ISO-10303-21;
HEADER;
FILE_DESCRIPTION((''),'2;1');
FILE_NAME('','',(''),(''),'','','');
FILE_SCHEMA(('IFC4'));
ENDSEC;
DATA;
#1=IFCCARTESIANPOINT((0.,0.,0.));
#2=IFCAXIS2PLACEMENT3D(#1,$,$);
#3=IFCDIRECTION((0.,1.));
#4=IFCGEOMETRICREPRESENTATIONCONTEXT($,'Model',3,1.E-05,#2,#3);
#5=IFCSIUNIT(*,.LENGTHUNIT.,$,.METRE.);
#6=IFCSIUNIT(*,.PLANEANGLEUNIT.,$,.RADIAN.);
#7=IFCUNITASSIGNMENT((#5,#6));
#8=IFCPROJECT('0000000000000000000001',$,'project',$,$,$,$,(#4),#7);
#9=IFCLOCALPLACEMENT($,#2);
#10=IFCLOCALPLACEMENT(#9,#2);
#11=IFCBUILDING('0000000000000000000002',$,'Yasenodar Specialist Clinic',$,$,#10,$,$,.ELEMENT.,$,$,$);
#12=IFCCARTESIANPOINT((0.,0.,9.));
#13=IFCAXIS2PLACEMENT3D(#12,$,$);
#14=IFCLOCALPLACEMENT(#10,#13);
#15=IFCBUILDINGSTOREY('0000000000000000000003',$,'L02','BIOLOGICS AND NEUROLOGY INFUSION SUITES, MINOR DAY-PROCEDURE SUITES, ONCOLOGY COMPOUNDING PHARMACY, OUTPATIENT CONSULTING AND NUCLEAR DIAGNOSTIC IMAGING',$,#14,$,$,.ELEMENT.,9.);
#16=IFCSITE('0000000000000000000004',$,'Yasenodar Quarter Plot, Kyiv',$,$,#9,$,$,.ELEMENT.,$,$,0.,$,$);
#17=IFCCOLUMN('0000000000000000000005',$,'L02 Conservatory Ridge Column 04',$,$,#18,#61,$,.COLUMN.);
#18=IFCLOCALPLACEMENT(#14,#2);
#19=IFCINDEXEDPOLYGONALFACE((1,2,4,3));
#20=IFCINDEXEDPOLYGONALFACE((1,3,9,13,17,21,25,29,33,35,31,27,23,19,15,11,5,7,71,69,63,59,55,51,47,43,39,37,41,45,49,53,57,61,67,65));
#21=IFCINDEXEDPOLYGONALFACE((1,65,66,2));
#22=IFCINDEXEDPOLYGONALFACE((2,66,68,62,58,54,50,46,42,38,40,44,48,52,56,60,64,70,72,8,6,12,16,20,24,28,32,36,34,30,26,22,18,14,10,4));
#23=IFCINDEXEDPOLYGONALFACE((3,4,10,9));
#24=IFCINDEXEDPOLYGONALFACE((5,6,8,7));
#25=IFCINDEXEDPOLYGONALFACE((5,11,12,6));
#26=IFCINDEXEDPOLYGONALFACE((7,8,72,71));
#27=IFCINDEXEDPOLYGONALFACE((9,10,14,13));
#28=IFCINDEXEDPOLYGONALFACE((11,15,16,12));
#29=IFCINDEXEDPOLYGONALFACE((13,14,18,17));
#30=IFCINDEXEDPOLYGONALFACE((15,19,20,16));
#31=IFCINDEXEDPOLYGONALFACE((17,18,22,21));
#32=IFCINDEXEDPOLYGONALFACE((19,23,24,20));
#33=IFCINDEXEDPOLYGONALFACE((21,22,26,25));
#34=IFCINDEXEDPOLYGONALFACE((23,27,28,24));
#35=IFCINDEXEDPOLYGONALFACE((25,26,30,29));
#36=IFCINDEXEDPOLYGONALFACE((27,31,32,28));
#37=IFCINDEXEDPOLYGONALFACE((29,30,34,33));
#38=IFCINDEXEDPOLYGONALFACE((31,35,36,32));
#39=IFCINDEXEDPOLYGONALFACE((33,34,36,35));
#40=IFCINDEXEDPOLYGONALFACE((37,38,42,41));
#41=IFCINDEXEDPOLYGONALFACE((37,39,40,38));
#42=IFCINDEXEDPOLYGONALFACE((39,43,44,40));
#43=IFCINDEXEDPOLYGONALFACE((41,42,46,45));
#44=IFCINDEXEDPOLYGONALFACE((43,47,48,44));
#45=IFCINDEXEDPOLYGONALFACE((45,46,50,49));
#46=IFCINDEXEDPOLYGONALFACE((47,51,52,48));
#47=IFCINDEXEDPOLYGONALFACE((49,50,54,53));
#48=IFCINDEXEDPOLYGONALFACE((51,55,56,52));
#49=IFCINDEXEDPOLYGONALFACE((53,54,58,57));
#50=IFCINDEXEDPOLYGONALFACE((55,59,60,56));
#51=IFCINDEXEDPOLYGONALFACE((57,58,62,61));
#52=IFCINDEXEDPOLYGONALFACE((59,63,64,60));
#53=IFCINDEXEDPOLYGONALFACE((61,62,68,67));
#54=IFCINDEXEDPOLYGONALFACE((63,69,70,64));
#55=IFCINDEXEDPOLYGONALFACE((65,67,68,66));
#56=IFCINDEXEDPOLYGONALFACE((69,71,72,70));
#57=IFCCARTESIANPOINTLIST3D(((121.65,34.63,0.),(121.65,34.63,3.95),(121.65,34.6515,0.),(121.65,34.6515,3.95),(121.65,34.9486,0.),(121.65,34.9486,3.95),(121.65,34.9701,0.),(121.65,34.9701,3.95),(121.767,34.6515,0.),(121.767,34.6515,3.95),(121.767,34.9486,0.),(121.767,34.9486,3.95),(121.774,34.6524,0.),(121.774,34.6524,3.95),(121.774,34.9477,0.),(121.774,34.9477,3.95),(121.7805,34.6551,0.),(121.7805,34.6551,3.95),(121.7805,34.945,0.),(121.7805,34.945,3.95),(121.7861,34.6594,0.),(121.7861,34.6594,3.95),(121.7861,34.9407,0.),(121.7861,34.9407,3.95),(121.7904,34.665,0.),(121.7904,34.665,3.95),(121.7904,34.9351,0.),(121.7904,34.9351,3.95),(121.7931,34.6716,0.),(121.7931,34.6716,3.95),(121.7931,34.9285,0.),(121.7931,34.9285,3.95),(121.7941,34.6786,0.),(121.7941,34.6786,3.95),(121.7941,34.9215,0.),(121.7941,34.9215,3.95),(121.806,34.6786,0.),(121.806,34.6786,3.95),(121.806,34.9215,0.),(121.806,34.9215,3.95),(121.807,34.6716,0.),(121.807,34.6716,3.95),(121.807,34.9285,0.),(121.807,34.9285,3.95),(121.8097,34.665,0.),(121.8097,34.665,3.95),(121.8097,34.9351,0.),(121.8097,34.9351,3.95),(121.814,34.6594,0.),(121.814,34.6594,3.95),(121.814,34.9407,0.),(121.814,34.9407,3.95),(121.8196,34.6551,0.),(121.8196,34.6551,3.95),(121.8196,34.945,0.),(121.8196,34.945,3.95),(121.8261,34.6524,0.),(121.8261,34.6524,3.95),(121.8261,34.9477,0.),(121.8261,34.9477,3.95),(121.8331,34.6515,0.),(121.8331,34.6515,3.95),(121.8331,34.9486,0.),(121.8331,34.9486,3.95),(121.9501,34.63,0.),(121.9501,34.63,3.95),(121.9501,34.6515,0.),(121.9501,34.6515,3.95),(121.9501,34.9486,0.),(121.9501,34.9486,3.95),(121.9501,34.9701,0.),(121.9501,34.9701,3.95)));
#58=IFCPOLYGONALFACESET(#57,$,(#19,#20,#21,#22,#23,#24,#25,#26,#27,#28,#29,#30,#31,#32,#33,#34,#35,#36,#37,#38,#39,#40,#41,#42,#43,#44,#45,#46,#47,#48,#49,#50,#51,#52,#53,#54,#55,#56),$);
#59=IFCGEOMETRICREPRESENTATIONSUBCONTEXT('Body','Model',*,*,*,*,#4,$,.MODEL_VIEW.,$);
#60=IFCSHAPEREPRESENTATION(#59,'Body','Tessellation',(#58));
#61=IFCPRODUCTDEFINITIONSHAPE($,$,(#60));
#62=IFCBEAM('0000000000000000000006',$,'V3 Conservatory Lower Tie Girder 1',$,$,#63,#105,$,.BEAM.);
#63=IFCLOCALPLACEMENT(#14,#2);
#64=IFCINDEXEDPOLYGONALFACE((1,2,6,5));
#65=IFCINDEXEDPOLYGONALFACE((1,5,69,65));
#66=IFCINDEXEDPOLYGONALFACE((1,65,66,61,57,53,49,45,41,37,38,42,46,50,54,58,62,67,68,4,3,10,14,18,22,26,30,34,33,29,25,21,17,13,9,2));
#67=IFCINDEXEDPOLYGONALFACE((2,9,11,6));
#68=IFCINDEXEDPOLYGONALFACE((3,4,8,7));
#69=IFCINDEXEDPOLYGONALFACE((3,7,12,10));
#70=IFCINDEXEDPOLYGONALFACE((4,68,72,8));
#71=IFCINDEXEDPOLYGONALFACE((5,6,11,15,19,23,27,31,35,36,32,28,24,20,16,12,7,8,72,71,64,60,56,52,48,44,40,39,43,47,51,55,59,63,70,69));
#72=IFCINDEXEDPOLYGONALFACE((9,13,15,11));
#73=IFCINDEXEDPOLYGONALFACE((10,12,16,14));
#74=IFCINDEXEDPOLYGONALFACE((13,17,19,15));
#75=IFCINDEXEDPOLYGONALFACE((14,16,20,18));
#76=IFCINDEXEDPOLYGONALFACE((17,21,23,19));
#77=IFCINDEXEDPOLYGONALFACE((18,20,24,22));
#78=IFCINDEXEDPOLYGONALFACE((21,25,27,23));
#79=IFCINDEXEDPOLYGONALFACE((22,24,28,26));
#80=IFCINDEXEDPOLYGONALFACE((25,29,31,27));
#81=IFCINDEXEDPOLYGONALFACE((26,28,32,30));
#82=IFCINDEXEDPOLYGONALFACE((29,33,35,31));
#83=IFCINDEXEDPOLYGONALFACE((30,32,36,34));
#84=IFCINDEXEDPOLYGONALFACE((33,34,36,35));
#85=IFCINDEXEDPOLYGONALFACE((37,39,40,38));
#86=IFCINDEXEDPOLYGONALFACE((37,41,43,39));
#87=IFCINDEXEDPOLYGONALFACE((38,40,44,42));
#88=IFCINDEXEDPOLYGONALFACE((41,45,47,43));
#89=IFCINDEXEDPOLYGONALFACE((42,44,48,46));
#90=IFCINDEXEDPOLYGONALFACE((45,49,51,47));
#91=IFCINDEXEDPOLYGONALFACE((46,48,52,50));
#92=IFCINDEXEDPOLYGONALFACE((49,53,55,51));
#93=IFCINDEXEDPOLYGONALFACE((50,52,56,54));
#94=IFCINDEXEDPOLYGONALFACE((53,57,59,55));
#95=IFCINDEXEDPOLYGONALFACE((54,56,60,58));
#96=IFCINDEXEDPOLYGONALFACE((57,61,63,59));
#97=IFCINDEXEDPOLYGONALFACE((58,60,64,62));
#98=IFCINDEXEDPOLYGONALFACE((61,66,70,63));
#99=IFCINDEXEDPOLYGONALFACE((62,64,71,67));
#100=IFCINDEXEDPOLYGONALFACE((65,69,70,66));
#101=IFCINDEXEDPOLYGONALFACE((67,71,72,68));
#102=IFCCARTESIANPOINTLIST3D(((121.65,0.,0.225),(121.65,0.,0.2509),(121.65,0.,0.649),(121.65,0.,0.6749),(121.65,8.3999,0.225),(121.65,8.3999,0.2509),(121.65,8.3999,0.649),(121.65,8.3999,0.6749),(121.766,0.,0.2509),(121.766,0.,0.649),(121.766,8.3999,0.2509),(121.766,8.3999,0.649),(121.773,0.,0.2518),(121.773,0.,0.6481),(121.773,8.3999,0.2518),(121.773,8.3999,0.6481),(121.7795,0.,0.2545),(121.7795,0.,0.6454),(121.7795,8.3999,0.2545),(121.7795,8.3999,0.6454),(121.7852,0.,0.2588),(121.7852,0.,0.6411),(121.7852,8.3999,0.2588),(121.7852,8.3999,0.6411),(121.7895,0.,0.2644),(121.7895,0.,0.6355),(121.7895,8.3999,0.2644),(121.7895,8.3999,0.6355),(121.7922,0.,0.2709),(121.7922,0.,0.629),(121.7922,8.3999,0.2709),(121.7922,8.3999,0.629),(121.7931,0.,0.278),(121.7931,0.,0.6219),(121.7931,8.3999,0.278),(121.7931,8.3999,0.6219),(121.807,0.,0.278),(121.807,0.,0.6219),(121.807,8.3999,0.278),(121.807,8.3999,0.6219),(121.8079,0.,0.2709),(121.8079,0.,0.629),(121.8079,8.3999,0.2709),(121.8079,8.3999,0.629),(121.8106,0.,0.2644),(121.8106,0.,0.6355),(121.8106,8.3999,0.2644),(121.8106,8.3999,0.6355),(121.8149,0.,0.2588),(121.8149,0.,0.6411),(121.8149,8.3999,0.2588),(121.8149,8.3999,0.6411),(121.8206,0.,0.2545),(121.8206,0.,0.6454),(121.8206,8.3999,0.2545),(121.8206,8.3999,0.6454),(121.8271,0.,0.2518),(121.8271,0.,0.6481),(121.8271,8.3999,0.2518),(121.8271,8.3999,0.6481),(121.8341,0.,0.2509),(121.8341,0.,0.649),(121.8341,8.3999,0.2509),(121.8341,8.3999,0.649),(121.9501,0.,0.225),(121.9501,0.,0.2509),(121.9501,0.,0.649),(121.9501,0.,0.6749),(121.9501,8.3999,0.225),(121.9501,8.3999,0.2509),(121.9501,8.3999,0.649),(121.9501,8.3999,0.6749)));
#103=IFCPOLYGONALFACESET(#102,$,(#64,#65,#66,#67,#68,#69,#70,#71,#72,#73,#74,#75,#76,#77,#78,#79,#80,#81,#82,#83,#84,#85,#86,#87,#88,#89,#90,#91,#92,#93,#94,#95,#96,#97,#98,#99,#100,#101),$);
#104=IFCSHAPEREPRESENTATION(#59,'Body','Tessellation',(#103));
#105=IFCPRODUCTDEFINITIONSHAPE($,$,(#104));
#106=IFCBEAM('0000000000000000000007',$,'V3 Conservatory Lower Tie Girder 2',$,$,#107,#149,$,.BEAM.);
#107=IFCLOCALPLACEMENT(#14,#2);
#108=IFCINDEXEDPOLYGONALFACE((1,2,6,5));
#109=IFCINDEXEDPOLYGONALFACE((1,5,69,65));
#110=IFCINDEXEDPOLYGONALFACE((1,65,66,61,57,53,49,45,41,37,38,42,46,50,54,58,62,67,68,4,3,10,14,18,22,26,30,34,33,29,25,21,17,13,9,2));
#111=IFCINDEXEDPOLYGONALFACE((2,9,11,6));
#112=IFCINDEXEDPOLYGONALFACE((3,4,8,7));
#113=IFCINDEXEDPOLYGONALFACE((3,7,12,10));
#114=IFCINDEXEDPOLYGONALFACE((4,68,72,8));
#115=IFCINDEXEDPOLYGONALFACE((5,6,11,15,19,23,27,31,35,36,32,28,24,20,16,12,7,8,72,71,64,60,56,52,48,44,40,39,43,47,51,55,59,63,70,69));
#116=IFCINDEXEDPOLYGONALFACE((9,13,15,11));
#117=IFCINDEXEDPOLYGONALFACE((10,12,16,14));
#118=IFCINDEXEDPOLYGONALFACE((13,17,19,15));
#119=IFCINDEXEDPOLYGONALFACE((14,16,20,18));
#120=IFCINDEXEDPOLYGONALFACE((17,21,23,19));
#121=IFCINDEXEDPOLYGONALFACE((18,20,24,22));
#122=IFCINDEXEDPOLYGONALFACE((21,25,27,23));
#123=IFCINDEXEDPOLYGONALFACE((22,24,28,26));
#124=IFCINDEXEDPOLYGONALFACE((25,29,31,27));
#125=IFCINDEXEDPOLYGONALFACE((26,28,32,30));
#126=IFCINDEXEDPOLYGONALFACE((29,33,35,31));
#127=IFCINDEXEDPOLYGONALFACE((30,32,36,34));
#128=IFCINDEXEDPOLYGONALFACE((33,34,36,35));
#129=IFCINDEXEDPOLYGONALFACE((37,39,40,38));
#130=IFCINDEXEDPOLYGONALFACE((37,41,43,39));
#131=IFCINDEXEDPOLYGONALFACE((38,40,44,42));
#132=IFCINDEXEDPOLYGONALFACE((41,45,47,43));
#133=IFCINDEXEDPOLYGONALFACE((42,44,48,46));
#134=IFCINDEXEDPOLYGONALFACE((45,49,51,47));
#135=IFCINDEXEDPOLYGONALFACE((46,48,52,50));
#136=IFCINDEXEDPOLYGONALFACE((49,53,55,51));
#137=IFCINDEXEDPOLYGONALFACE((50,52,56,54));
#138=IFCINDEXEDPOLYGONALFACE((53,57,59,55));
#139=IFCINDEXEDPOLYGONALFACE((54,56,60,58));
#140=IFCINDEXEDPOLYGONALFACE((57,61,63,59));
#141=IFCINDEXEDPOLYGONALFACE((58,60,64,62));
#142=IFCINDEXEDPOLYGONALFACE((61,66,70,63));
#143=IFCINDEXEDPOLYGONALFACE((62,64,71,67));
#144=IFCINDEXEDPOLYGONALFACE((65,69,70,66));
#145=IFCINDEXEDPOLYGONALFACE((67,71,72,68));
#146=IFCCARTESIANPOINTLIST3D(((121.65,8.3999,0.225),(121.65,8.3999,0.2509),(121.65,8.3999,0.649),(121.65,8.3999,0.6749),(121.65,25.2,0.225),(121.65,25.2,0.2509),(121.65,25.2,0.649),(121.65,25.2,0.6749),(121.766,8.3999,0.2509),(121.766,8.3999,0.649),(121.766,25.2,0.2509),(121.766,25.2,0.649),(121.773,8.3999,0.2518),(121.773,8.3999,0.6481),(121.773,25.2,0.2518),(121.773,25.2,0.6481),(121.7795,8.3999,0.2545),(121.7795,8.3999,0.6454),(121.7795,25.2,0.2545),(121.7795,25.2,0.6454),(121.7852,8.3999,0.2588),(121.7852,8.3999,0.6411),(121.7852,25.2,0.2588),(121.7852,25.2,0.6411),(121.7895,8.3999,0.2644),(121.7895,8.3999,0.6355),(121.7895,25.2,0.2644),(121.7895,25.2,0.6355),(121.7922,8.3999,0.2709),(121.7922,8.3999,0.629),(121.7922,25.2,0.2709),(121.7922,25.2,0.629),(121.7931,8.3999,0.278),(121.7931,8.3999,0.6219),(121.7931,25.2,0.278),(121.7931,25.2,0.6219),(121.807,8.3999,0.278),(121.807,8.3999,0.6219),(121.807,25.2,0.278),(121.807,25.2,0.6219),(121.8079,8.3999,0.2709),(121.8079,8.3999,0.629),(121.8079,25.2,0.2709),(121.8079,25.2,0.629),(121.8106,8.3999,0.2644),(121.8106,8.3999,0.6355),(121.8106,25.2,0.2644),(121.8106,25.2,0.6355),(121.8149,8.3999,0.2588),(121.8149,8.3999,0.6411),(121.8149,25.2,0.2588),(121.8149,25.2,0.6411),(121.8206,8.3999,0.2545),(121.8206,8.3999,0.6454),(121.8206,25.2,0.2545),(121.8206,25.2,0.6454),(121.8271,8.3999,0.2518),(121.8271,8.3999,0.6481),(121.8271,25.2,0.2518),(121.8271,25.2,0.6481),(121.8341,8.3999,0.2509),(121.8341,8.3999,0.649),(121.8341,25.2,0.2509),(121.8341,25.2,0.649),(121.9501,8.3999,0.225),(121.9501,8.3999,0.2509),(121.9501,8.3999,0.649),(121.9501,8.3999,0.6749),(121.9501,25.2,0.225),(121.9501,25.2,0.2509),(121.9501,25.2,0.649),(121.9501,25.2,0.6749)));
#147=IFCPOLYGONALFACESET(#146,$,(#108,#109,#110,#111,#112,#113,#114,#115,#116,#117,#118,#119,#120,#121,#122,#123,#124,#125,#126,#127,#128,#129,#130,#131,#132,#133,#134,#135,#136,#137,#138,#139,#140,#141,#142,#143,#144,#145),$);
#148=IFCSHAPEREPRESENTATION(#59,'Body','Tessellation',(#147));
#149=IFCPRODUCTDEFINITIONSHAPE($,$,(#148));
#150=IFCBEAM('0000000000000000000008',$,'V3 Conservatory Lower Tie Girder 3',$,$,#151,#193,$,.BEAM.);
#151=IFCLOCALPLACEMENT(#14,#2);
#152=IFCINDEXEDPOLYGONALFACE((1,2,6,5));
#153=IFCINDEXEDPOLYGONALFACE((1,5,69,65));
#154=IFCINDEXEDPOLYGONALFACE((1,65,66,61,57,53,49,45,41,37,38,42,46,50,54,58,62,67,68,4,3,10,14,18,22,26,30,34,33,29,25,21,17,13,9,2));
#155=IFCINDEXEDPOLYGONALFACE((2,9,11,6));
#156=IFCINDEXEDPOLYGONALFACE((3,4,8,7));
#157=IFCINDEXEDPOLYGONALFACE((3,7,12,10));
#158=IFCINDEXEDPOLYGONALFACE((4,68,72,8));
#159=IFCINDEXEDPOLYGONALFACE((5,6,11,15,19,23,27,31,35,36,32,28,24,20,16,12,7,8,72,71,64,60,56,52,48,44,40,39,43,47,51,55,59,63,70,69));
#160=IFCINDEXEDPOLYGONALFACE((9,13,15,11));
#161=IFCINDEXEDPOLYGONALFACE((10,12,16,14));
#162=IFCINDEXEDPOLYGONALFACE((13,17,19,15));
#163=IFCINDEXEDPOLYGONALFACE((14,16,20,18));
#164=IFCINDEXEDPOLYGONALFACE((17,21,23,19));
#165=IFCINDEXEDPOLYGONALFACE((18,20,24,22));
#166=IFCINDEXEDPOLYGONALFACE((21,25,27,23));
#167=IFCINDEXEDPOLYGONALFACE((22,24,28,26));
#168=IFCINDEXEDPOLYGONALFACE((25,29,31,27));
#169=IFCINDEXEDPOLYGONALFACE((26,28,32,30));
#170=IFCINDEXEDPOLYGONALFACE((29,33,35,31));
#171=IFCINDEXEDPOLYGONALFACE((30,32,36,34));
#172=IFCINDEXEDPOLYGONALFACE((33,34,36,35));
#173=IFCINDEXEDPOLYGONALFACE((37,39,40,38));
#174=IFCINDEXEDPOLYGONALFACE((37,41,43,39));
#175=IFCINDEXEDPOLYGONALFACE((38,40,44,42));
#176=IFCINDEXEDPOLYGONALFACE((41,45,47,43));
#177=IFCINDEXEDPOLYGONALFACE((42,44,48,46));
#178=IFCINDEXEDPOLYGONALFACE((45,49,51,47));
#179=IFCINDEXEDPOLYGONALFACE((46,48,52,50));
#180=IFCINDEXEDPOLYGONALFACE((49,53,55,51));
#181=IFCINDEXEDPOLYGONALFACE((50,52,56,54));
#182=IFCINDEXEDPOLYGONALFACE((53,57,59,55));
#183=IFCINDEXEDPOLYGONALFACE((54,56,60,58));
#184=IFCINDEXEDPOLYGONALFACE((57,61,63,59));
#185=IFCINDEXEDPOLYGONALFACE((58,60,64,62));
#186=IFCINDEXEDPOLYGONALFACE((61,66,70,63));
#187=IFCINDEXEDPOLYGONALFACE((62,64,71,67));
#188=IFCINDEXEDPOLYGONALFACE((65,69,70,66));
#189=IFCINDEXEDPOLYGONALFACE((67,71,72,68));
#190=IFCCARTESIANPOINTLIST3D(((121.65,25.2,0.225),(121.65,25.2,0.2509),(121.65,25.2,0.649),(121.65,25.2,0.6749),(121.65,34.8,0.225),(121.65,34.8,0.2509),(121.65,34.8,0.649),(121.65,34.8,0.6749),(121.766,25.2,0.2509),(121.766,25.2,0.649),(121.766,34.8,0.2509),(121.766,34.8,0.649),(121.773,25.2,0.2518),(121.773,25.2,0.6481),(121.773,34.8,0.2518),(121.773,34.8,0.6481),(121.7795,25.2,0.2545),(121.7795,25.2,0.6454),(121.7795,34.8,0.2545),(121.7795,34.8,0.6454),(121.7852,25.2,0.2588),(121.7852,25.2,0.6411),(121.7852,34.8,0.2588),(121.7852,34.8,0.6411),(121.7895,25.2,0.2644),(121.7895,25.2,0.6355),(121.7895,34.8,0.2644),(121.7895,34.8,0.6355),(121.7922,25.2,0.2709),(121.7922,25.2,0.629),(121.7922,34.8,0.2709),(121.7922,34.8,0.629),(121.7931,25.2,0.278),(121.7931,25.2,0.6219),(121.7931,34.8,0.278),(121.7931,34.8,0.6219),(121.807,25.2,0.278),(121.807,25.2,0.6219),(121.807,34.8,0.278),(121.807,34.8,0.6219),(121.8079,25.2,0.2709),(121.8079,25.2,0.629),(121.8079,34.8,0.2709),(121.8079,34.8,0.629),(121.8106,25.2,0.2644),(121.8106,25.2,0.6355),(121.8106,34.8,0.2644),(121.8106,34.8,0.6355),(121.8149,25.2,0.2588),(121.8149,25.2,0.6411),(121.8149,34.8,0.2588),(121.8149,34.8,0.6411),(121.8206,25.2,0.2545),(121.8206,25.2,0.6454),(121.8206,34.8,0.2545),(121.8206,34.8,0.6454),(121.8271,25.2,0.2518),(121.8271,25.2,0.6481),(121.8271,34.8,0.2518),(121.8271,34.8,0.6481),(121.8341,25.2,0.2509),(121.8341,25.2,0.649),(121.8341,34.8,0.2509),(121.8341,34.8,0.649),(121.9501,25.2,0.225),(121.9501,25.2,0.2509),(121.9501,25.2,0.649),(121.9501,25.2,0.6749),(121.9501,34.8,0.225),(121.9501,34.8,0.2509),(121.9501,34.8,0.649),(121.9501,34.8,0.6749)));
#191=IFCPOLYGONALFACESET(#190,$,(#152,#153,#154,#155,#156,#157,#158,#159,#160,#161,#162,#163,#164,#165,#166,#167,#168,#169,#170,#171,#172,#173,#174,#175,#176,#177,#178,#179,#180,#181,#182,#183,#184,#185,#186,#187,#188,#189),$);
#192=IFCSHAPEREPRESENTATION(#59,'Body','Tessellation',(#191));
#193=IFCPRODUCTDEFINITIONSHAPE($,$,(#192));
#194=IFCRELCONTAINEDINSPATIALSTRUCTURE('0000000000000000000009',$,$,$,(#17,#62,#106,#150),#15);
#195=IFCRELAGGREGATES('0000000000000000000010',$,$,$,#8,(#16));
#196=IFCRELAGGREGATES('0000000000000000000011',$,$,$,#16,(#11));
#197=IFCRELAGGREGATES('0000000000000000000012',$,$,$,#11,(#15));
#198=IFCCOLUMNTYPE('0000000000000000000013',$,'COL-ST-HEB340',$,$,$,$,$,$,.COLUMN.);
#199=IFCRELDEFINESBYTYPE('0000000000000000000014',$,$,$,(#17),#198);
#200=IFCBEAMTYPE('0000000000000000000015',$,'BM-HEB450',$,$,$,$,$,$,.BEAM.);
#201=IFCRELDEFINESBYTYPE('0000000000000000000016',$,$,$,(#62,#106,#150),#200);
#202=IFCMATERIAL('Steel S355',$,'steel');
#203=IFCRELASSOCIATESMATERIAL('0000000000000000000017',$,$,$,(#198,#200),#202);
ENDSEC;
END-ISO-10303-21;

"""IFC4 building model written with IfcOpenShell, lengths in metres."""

from ifc_helpers import new_model, si_unit, direction, frame, origin, origin_2d, place, context, subcontext, project, spatial, i_section, extrude, material, material_profile, profile_set, type_object, element, save


model = new_model("IFC4")

# Units and contexts
model_context = context("Model", 3, precision=1e-05, world=origin(), true_north=direction((0.0, 1.0)))
body_context = subcontext(model_context, "Body", "Model", "MODEL_VIEW")
ifc_project = project(units=[si_unit("LENGTHUNIT", "METRE"), si_unit("PLANEANGLEUNIT", "RADIAN")], contexts=[model_context])

# Site, building, storey
site_placement = place(None, origin())
site = spatial("IfcSite", under=ifc_project, at=site_placement, Name="Yasenodar Quarter Plot, Kyiv", CompositionType="ELEMENT", RefElevation=0.0)
building_placement = place(site_placement, origin())
building = spatial("IfcBuilding", under=site, at=building_placement, Name="Yasenodar Specialist Clinic", CompositionType="ELEMENT")
storey_placement = place(building_placement, frame((0.0, 0.0, 9.0)))
storey = spatial("IfcBuildingStorey", under=building, at=storey_placement, Name="L02", Description="BIOLOGICS AND NEUROLOGY INFUSION SUITES, MINOR DAY-PROCEDURE SUITES, ONCOLOGY COMPOUNDING PHARMACY, OUTPATIENT CONSULTING AND NUCLEAR DIAGNOSTIC IMAGING", CompositionType="ELEMENT", Elevation=9.0)

# Column
ifc_material = material(Name="Steel S355", Category="steel")
ifc_material_profile_1 = material_profile(ifc_material, i_section(OverallWidth=0.3, OverallDepth=0.3401, WebThickness=0.012, FlangeThickness=0.0215, FilletRadius=0.0271, at=origin_2d()), Name="HEB 340")
ifc_profile_set_1 = profile_set([ifc_material_profile_1], Name="Steel S355")
column_type_1 = type_object("IfcColumnType", Name="COL-ST-HEB340", PredefinedType="COLUMN", material=ifc_profile_set_1)
for number, where, z_axis, x_axis, name in (
    (1, (121.8, 34.8, 0.0), (0.0, 0.0, 1.0), (1.0, 0.0, 0.0), "L02 Conservatory Ridge Column 04"),
):
    element("IfcColumn", number, at=place(storey_placement, frame(where, z_axis=z_axis, x_axis=x_axis)), inside=storey, type_object=column_type_1, Name=name, PredefinedType="COLUMN", context=body_context, shape_type="SweptSolid", body=[
        extrude(i_section(OverallWidth=0.3, OverallDepth=0.3401, WebThickness=0.012, FlangeThickness=0.0215, FilletRadius=0.0271, at=origin_2d()), origin(), (0.0, 0.0, 1.0), 3.95),
    ])

# Beams
ifc_material_profile_2 = material_profile(ifc_material, i_section(OverallWidth=0.3, OverallDepth=0.45, WebThickness=0.0139, FlangeThickness=0.0259, FilletRadius=0.0271, at=origin_2d()), Name="HEB 450")
ifc_profile_set_2 = profile_set([ifc_material_profile_2], Name="Steel S355")
beam_type_1 = type_object("IfcBeamType", Name="BM-HEB450", PredefinedType="BEAM", material=ifc_profile_set_2)
beam_1_placement = place(storey_placement, frame((121.8, 0.0, 0.45), z_axis=(0.0, 1.0, 0.0), x_axis=(-1.0, 0.0, 0.0)))
element("IfcBeam", 2, at=beam_1_placement, inside=storey, type_object=beam_type_1, Name="V3 Conservatory Lower Tie Girder 1", PredefinedType="BEAM", context=body_context, shape_type="SweptSolid", body=[
    extrude(i_section(OverallWidth=0.3, OverallDepth=0.45, WebThickness=0.0139, FlangeThickness=0.0259, FilletRadius=0.0271, at=origin_2d()), origin(), (0.0, 0.0, 1.0), 8.3999),
])
beam_2_placement = place(storey_placement, frame((121.8, 8.3999, 0.45), z_axis=(0.0, 1.0, 0.0), x_axis=(-1.0, 0.0, 0.0)))
element("IfcBeam", 3, at=beam_2_placement, inside=storey, type_object=beam_type_1, Name="V3 Conservatory Lower Tie Girder 2", PredefinedType="BEAM", context=body_context, shape_type="SweptSolid", body=[
    extrude(i_section(OverallWidth=0.3, OverallDepth=0.45, WebThickness=0.0139, FlangeThickness=0.0259, FilletRadius=0.0271, at=origin_2d()), origin(), (0.0, 0.0, 1.0), 16.8),
])
beam_3_placement = place(storey_placement, frame((121.8, 25.2, 0.45), z_axis=(0.0, 1.0, 0.0), x_axis=(-1.0, 0.0, 0.0)))
element("IfcBeam", 4, at=beam_3_placement, inside=storey, type_object=beam_type_1, Name="V3 Conservatory Lower Tie Girder 3", PredefinedType="BEAM", context=body_context, shape_type="SweptSolid", body=[
    extrude(i_section(OverallWidth=0.3, OverallDepth=0.45, WebThickness=0.0139, FlangeThickness=0.0259, FilletRadius=0.0271, at=origin_2d()), origin(), (0.0, 0.0, 1.0), 9.6001),
])

save(model, "model.ifc")
